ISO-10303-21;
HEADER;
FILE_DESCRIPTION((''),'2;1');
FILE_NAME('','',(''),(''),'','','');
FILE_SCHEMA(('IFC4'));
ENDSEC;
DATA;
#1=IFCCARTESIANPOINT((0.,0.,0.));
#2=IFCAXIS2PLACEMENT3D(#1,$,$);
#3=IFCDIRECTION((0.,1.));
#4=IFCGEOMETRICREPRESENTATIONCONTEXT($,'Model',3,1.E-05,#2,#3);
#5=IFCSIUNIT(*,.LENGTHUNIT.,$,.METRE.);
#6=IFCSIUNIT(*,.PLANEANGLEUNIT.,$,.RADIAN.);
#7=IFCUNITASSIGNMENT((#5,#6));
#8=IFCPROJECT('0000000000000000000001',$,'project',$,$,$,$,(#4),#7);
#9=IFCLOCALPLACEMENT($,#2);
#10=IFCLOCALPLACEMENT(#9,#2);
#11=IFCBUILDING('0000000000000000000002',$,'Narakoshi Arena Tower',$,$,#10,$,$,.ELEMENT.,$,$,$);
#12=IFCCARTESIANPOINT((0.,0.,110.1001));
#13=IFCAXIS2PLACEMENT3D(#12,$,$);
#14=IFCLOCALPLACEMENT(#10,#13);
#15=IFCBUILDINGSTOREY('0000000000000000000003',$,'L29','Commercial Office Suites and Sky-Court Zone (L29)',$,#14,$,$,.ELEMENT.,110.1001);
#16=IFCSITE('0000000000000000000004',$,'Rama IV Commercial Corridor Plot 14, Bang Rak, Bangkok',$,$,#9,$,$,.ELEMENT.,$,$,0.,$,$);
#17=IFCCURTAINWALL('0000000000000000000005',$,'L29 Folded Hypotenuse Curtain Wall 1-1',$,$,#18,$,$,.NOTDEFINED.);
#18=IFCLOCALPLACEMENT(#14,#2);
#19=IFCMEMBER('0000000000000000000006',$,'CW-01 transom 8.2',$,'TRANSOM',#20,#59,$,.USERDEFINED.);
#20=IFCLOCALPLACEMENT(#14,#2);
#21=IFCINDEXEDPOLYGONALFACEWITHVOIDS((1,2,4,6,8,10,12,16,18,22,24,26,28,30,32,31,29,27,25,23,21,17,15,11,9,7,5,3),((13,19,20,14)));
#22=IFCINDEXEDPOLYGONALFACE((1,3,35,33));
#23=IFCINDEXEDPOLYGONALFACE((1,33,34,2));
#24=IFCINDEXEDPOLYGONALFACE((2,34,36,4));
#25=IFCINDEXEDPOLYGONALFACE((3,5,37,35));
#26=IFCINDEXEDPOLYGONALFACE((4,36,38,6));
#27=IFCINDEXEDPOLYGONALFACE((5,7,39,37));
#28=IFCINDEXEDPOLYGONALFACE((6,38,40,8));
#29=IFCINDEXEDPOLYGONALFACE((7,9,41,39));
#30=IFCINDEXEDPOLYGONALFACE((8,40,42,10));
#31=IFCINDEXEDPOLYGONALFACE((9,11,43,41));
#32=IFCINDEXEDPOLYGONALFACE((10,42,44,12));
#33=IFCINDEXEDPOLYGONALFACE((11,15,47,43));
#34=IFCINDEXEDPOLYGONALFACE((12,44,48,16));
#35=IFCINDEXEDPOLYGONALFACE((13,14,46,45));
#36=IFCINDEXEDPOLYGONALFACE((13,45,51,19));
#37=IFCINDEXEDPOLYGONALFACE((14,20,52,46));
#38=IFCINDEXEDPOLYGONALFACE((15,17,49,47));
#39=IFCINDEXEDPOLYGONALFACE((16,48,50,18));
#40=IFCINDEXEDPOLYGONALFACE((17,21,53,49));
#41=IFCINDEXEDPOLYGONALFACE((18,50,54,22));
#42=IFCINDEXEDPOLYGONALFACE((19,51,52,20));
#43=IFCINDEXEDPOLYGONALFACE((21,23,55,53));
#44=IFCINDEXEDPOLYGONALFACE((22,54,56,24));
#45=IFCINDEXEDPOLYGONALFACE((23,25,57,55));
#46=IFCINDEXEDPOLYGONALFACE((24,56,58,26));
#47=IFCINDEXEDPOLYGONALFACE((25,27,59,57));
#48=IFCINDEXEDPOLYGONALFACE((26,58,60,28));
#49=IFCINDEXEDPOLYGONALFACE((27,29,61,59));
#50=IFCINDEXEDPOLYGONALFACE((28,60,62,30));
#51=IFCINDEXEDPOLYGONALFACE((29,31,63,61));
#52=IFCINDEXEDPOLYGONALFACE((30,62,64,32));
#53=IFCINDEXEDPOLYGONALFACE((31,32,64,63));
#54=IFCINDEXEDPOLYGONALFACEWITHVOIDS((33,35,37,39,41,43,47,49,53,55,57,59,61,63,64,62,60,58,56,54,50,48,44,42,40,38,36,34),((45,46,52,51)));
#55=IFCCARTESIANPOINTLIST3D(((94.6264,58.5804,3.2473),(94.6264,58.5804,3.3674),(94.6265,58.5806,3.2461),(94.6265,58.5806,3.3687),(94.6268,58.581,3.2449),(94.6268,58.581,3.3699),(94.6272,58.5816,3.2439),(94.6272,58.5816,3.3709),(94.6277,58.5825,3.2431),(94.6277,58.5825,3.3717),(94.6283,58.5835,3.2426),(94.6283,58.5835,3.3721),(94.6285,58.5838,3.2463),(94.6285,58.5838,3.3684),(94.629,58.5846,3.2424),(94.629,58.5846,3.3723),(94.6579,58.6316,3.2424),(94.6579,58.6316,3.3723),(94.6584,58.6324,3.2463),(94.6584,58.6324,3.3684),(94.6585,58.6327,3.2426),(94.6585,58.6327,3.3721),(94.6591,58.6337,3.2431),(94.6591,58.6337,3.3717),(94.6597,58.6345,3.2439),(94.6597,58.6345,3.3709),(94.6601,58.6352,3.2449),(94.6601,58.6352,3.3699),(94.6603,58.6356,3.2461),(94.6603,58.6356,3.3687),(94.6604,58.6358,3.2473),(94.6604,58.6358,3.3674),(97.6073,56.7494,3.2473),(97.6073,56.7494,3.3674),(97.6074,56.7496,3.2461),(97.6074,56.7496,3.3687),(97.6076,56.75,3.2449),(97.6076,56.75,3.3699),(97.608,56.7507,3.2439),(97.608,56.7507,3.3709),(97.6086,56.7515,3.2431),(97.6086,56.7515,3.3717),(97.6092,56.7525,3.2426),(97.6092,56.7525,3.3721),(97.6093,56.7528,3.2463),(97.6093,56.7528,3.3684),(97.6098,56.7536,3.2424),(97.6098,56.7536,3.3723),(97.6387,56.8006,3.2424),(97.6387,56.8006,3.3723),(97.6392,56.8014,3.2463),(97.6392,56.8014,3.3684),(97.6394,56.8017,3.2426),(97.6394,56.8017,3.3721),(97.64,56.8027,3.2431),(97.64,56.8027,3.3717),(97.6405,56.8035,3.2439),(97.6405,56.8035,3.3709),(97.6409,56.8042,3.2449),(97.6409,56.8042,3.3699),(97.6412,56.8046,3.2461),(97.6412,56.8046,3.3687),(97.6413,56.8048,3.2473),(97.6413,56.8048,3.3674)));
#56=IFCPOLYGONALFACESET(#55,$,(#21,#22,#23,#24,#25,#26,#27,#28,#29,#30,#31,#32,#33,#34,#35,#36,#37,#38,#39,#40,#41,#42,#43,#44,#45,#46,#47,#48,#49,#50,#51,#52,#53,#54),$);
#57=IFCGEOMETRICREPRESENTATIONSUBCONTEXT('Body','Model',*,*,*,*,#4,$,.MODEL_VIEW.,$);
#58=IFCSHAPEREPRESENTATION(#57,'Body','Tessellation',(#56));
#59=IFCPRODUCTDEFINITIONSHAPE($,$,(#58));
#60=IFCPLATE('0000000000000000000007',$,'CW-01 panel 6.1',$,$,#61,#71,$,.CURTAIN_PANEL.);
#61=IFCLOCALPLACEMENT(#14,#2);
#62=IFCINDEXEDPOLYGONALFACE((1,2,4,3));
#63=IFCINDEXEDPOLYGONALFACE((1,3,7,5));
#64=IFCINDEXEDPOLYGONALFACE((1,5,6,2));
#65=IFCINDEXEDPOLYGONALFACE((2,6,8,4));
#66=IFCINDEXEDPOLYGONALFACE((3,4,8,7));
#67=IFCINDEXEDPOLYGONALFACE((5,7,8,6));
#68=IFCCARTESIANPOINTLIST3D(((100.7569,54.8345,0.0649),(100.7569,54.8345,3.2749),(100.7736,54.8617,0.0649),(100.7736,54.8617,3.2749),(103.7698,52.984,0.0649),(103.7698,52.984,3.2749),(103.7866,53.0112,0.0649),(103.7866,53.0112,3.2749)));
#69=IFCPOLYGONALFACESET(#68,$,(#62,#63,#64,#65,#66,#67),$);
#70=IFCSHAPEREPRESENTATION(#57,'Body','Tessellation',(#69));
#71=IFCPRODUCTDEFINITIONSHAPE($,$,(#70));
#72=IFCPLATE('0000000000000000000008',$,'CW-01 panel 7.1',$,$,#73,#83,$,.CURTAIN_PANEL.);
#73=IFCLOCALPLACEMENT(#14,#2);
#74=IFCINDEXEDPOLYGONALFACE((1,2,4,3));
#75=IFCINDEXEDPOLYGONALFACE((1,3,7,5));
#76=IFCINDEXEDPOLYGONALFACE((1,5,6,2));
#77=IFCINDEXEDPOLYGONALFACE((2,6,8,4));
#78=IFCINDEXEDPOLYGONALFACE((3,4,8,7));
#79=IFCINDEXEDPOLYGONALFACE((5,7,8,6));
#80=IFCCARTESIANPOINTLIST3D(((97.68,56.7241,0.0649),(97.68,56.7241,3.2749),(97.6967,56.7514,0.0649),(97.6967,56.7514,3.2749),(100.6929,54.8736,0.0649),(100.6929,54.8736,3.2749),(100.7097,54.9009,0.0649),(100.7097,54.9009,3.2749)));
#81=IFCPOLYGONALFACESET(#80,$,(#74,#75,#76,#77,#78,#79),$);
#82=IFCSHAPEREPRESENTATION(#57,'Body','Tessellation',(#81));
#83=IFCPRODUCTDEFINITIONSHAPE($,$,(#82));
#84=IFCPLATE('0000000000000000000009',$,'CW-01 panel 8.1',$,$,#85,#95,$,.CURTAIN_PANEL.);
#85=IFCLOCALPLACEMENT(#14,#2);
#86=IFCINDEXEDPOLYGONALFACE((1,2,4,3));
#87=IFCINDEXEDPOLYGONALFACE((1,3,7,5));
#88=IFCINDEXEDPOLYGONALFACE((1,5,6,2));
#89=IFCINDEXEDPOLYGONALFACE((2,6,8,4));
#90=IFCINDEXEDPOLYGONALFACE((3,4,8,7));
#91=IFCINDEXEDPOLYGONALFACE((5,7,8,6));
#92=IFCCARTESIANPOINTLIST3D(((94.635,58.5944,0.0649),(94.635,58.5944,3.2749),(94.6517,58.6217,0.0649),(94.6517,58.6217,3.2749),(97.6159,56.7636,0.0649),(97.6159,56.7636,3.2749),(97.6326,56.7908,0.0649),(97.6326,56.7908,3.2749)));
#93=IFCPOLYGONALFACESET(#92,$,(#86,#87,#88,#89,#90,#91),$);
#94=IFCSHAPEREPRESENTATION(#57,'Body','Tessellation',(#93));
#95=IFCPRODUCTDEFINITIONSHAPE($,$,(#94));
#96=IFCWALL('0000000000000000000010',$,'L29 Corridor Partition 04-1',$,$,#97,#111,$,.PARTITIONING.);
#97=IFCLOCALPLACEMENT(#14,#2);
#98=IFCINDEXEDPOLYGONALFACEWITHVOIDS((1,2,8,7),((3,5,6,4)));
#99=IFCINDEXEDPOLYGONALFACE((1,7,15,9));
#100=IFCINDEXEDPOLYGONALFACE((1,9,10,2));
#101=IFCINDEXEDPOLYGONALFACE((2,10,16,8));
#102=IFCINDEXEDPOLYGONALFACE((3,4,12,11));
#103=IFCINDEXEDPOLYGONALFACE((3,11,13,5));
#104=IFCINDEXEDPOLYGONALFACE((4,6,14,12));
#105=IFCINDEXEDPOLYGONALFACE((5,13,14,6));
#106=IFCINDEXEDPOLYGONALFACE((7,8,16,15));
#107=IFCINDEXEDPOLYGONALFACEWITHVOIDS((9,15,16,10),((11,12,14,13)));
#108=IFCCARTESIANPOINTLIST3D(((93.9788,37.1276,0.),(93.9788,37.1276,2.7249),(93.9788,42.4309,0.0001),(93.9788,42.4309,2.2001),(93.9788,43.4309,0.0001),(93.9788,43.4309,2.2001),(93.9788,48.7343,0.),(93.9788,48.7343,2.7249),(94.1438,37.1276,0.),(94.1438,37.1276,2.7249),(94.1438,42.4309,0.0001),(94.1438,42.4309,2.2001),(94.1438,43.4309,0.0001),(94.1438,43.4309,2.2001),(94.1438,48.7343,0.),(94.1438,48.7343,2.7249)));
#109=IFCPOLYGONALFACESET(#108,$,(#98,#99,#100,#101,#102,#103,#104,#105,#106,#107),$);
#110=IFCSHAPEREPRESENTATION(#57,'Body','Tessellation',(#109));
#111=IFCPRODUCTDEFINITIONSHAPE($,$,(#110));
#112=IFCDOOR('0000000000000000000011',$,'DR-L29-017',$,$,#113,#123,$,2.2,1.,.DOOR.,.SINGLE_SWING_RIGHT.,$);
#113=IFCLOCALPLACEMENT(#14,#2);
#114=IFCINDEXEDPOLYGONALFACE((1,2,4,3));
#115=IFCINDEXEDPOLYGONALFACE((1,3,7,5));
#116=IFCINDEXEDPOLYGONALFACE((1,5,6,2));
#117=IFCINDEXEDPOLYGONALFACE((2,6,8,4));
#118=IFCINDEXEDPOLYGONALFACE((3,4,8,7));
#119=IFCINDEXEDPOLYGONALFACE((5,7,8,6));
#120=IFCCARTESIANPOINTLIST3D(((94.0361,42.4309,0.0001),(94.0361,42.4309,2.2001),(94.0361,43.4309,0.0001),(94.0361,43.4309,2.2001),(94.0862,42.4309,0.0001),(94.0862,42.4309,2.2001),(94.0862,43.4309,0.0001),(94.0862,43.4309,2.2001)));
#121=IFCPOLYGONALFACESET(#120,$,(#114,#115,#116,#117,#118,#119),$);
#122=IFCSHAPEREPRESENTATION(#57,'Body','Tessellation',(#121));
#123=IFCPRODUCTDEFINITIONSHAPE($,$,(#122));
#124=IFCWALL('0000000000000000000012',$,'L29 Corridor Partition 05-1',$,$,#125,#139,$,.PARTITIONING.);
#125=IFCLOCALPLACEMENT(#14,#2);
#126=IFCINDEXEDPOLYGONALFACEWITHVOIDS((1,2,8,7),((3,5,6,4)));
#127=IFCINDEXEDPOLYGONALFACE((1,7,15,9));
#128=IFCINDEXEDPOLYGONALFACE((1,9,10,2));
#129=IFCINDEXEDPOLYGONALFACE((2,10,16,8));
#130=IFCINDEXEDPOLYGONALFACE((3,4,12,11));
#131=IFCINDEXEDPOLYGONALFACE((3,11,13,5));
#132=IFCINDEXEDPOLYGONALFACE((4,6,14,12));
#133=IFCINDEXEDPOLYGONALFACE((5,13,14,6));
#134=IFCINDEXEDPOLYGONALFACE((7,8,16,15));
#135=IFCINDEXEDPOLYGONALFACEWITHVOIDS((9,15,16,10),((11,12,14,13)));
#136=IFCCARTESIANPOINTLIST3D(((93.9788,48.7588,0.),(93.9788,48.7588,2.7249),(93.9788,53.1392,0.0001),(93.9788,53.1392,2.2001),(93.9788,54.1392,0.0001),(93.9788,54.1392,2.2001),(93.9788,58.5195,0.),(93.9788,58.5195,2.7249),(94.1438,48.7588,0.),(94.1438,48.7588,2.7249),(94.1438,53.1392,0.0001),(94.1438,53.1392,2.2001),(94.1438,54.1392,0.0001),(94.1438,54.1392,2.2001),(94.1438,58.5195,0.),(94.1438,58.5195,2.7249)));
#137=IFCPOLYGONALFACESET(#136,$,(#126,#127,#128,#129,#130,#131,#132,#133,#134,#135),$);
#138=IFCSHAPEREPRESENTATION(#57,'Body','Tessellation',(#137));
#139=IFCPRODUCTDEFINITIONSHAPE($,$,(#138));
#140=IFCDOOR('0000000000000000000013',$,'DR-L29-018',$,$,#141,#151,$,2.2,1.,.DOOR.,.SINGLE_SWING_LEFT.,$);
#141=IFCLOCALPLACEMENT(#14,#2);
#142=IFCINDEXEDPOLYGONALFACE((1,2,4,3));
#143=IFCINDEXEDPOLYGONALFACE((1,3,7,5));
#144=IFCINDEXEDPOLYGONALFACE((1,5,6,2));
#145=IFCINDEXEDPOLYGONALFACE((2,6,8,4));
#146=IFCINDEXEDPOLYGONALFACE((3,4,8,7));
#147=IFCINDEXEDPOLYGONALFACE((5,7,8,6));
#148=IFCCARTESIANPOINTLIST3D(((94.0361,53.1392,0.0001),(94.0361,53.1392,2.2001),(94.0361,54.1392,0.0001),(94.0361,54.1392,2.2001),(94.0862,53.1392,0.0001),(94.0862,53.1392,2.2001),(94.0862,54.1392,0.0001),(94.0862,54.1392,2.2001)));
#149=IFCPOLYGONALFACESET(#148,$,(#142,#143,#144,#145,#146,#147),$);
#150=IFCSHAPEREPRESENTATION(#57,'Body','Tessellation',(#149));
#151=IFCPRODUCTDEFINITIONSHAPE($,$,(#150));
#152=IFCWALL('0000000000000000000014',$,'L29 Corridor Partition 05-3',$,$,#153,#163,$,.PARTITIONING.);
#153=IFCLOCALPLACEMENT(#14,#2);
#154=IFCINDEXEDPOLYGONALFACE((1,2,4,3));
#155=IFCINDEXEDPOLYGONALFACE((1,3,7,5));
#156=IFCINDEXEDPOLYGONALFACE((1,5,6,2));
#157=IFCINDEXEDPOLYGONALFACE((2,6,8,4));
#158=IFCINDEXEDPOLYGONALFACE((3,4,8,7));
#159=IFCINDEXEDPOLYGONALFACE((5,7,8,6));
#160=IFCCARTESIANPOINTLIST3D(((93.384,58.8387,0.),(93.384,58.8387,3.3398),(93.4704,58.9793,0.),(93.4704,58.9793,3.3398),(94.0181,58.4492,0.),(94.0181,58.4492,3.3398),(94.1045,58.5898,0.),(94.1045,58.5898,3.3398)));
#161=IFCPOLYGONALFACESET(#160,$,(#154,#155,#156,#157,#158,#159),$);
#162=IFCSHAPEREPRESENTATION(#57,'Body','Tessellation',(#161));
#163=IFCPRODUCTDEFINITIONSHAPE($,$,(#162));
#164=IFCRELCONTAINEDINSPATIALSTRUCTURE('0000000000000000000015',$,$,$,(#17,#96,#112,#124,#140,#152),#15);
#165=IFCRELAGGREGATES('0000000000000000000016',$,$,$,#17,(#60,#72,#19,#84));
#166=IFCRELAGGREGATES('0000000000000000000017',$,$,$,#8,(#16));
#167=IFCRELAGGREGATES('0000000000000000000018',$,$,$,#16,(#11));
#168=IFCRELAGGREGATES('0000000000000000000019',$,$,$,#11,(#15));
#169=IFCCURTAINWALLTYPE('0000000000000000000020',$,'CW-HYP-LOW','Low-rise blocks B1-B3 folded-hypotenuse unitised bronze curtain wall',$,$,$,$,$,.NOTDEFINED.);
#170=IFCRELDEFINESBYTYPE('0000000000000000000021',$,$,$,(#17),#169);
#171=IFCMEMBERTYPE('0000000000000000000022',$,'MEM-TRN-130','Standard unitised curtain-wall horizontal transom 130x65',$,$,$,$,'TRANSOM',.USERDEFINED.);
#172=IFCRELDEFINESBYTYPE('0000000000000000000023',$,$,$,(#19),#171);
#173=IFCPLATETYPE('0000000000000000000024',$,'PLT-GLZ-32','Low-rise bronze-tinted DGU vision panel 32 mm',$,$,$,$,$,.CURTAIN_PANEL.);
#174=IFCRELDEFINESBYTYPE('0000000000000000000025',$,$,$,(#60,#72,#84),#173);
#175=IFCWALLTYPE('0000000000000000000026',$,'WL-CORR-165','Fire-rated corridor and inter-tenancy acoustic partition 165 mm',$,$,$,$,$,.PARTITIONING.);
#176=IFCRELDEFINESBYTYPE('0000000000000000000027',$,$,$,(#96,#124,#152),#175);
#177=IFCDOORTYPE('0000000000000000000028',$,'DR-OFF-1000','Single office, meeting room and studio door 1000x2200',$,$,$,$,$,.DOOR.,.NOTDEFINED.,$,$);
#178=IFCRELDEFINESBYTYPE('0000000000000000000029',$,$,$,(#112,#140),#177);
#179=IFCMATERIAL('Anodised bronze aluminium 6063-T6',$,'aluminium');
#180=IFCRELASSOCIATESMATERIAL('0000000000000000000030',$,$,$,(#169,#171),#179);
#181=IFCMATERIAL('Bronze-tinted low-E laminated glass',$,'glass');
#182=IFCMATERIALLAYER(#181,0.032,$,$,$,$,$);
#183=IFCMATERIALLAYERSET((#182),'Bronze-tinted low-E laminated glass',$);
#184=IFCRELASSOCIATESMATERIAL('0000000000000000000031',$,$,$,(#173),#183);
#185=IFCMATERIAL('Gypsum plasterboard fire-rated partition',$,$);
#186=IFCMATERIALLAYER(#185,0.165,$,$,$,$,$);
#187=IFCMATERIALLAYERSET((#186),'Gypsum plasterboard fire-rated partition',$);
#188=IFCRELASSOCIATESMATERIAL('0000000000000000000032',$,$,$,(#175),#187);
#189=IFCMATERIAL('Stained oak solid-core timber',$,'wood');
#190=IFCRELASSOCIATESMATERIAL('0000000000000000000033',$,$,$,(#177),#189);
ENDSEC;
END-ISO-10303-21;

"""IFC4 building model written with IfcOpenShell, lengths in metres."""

from ifc_helpers import new_model, si_unit, direction, frame, frame_2d, origin, origin_2d, place, context, subcontext, project, spatial, rectangle, hollow_rectangle, extrude, material, layer, layer_set, material_profile, profile_set, type_object, element, fill, aggregate, save


model = new_model("IFC4")

# Units and contexts
model_context = context("Model", 3, precision=1e-05, world=origin(), true_north=direction((0.0, 1.0)))
body_context = subcontext(model_context, "Body", "Model", "MODEL_VIEW")
ifc_project = project(units=[si_unit("LENGTHUNIT", "METRE"), si_unit("PLANEANGLEUNIT", "RADIAN")], contexts=[model_context])

# Site, building, storey
site_placement = place(None, origin())
site = spatial("IfcSite", under=ifc_project, at=site_placement, Name="Rama IV Commercial Corridor Plot 14, Bang Rak, Bangkok", CompositionType="ELEMENT", RefElevation=0.0)
building_placement = place(site_placement, origin())
building = spatial("IfcBuilding", under=site, at=building_placement, Name="Narakoshi Arena Tower", CompositionType="ELEMENT")
storey_placement = place(building_placement, frame((0.0, 0.0, 110.1001)))
storey = spatial("IfcBuildingStorey", under=building, at=storey_placement, Name="L29", Description="Commercial Office Suites and Sky-Court Zone (L29)", CompositionType="ELEMENT", Elevation=110.1001)

# Curtain wall, member, plates
ifc_material_1 = material(Name="Anodised bronze aluminium 6063-T6", Category="aluminium")
curtain_wall_type = type_object("IfcCurtainWallType", Name="CW-HYP-LOW", Description="Low-rise blocks B1-B3 folded-hypotenuse unitised bronze curtain wall", PredefinedType="NOTDEFINED", material=ifc_material_1)
curtain_wall_placement = place(storey_placement, origin())
curtain_wall = element("IfcCurtainWall", 1, at=curtain_wall_placement, inside=storey, type_object=curtain_wall_type, Name="L29 Folded Hypotenuse Curtain Wall 1-1", PredefinedType="NOTDEFINED")
ifc_material_profile_1 = material_profile(ifc_material_1, hollow_rectangle(XDim=0.0649, YDim=0.1299, WallThickness=0.0039, OuterFilletRadius=0.0049, at=origin_2d()), Name="TRN130x65x4")
ifc_profile_set_1 = profile_set([ifc_material_profile_1], Name="Anodised bronze aluminium 6063-T6")
member_type_1 = type_object("IfcMemberType", Name="MEM-TRN-130", Description="Standard unitised curtain-wall horizontal transom 130x65", ElementType="TRANSOM", PredefinedType="USERDEFINED", material=ifc_profile_set_1)
member_1_placement = place(storey_placement, frame((97.6243, 56.7771, 3.3074), z_axis=(-0.852089, 0.523396, 0.0), x_axis=(-0.523396, -0.852089, 0.0)))
member_1 = element("IfcMember", 2, at=member_1_placement, type_object=member_type_1, Name="CW-01 transom 8.2", ObjectType="TRANSOM", PredefinedType="USERDEFINED", context=body_context, shape_type="SweptSolid", body=[
    extrude(hollow_rectangle(XDim=0.0649, YDim=0.1299, WallThickness=0.0039, OuterFilletRadius=0.0049, at=origin_2d()), origin(), (0.0, 0.0, 1.0), 3.4983),
])
ifc_material_2 = material(Name="Bronze-tinted low-E laminated glass", Category="glass")
ifc_layer_1 = layer(ifc_material_2, 0.032)
ifc_layer_set_1 = layer_set([ifc_layer_1], Name="Bronze-tinted low-E laminated glass")
plate_type = type_object("IfcPlateType", Name="PLT-GLZ-32", Description="Low-rise bronze-tinted DGU vision panel 32 mm", PredefinedType="CURTAIN_PANEL", material=ifc_layer_set_1)
plate_1_placement = place(storey_placement, frame((102.2717, 53.9229, 0.0649), z_axis=(0.0, 0.0, 1.0), x_axis=(-0.852113, 0.523358, 0.0)))
plate_1 = element("IfcPlate", 3, at=plate_1_placement, type_object=plate_type, Name="CW-01 panel 6.1", PredefinedType="CURTAIN_PANEL", context=body_context, shape_type="SweptSolid", body=[
    extrude(rectangle(XDim=3.5359, YDim=0.032, at=origin_2d()), origin(), (0.0, 0.0, 1.0), 3.21),
])
plate_2_placement = place(storey_placement, frame((99.1948, 55.8125, 0.0649), z_axis=(0.0, 0.0, 1.0), x_axis=(-0.852113, 0.523358, 0.0)))
plate_2 = element("IfcPlate", 4, at=plate_2_placement, type_object=plate_type, Name="CW-01 panel 7.1", PredefinedType="CURTAIN_PANEL", context=body_context, shape_type="SweptSolid", body=[
    extrude(rectangle(XDim=3.5359, YDim=0.032, at=origin_2d()), origin(), (0.0, 0.0, 1.0), 3.21),
])
plate_3_placement = place(storey_placement, frame((96.1338, 57.6926, 0.0649), z_axis=(0.0, 0.0, 1.0), x_axis=(-0.852113, 0.523358, 0.0)))
plate_3 = element("IfcPlate", 5, at=plate_3_placement, type_object=plate_type, Name="CW-01 panel 8.1", PredefinedType="CURTAIN_PANEL", context=body_context, shape_type="SweptSolid", body=[
    extrude(rectangle(XDim=3.4983, YDim=0.032, at=origin_2d()), origin(), (0.0, 0.0, 1.0), 3.21),
])
aggregate(curtain_wall, [plate_1, plate_2, member_1, plate_3])

# Walls, openings, doors
ifc_material_3 = material(Name="Gypsum plasterboard fire-rated partition")
ifc_layer_2 = layer(ifc_material_3, 0.165)
ifc_layer_set_2 = layer_set([ifc_layer_2], Name="Gypsum plasterboard fire-rated partition")
wall_type_1 = type_object("IfcWallType", Name="WL-CORR-165", Description="Fire-rated corridor and inter-tenancy acoustic partition 165 mm", PredefinedType="PARTITIONING", material=ifc_layer_set_2)
wall_1_placement = place(storey_placement, frame((94.0613, 37.1277, 0.0), z_axis=(0.0, 0.0, 1.0), x_axis=(0.0, 1.0, 0.0)))
wall_1 = element("IfcWall", 6, at=wall_1_placement, inside=storey, type_object=wall_type_1, Name="L29 Corridor Partition 04-1", PredefinedType="PARTITIONING", context=body_context, shape_type="SweptSolid", body=[
    extrude(rectangle(XDim=11.6067, YDim=0.165, at=frame_2d((5.8032, 0.0))), origin(), (0.0, 0.0, 1.0), 2.7249),
])
opening_1_placement = place(wall_1_placement, frame((5.3032, 0.0, 0.0)))
opening_1 = element("IfcOpeningElement", 7, at=opening_1_placement, cuts=wall_1, PredefinedType="OPENING", context=body_context, shape_type="SweptSolid", body=[
    extrude(rectangle(XDim=1.0, YDim=2.2, at=frame_2d((0.5, 1.1001))), frame((0.0, 0.0925, 0.0), z_axis=(0.0, -1.0, 0.0), x_axis=(1.0, 0.0, 0.0)), (0.0, 0.0, 1.0), 0.1851),
])
ifc_material_4 = material(Name="Stained oak solid-core timber", Category="wood")
door_type = type_object("IfcDoorType", Name="DR-OFF-1000", Description="Single office, meeting room and studio door 1000x2200", OperationType="NOTDEFINED", PredefinedType="DOOR", material=ifc_material_4)
door_1_placement = place(opening_1_placement, frame((1.0, 0.0, 0.0), z_axis=(0.0, 0.0, 1.0), x_axis=(-1.0, 0.0, 0.0)))
door_1 = element("IfcDoor", 8, at=door_1_placement, inside=storey, type_object=door_type, Name="DR-L29-017", OperationType="SINGLE_SWING_RIGHT", OverallHeight=2.2, OverallWidth=1.0, PredefinedType="DOOR", context=body_context, shape_type="SweptSolid", body=[
    extrude(rectangle(XDim=1.0, YDim=2.2, at=frame_2d((0.5, 1.1001))), frame((0.0, 0.0249, 0.0), z_axis=(0.0, -1.0, 0.0), x_axis=(1.0, 0.0, 0.0)), (0.0, 0.0, 1.0), 0.05),
])
fill(opening_1, door_1)
wall_2_placement = place(storey_placement, frame((94.0613, 48.7588, 0.0), z_axis=(0.0, 0.0, 1.0), x_axis=(0.0, 1.0, 0.0)))
wall_2 = element("IfcWall", 9, at=wall_2_placement, inside=storey, type_object=wall_type_1, Name="L29 Corridor Partition 05-1", PredefinedType="PARTITIONING", context=body_context, shape_type="SweptSolid", body=[
    extrude(rectangle(XDim=9.7607, YDim=0.165, at=frame_2d((4.8804, 0.0))), origin(), (0.0, 0.0, 1.0), 2.7249),
])
opening_2_placement = place(wall_2_placement, frame((4.3804, 0.0, 0.0)))
opening_2 = element("IfcOpeningElement", 10, at=opening_2_placement, cuts=wall_2, PredefinedType="OPENING", context=body_context, shape_type="SweptSolid", body=[
    extrude(rectangle(XDim=1.0, YDim=2.2, at=frame_2d((0.5, 1.1001))), frame((0.0, 0.0925, 0.0), z_axis=(0.0, -1.0, 0.0), x_axis=(1.0, 0.0, 0.0)), (0.0, 0.0, 1.0), 0.1851),
])
door_2_placement = place(opening_2_placement, frame((1.0, 0.0, 0.0), z_axis=(0.0, 0.0, 1.0), x_axis=(-1.0, 0.0, 0.0)))
door_2 = element("IfcDoor", 11, at=door_2_placement, inside=storey, type_object=door_type, Name="DR-L29-018", OperationType="SINGLE_SWING_LEFT", OverallHeight=2.2, OverallWidth=1.0, PredefinedType="DOOR", context=body_context, shape_type="SweptSolid", body=[
    extrude(rectangle(XDim=1.0, YDim=2.2, at=frame_2d((0.5, 1.1001))), frame((0.0, 0.0249, 0.0), z_axis=(0.0, -1.0, 0.0), x_axis=(1.0, 0.0, 0.0)), (0.0, 0.0, 1.0), 0.05),
])
fill(opening_2, door_2)

# Wall
wall_3_placement = place(storey_placement, frame((94.0613, 58.5195, 0.0), z_axis=(0.0, 0.0, 1.0), x_axis=(-0.85212, 0.523347, 0.0)))
element("IfcWall", 12, at=wall_3_placement, inside=storey, type_object=wall_type_1, Name="L29 Corridor Partition 05-3", PredefinedType="PARTITIONING", context=body_context, shape_type="SweptSolid", body=[
    extrude(rectangle(XDim=0.7441, YDim=0.165, at=frame_2d((0.3721, 0.0))), origin(), (0.0, 0.0, 1.0), 3.3398),
])

save(model, "model.ifc")
